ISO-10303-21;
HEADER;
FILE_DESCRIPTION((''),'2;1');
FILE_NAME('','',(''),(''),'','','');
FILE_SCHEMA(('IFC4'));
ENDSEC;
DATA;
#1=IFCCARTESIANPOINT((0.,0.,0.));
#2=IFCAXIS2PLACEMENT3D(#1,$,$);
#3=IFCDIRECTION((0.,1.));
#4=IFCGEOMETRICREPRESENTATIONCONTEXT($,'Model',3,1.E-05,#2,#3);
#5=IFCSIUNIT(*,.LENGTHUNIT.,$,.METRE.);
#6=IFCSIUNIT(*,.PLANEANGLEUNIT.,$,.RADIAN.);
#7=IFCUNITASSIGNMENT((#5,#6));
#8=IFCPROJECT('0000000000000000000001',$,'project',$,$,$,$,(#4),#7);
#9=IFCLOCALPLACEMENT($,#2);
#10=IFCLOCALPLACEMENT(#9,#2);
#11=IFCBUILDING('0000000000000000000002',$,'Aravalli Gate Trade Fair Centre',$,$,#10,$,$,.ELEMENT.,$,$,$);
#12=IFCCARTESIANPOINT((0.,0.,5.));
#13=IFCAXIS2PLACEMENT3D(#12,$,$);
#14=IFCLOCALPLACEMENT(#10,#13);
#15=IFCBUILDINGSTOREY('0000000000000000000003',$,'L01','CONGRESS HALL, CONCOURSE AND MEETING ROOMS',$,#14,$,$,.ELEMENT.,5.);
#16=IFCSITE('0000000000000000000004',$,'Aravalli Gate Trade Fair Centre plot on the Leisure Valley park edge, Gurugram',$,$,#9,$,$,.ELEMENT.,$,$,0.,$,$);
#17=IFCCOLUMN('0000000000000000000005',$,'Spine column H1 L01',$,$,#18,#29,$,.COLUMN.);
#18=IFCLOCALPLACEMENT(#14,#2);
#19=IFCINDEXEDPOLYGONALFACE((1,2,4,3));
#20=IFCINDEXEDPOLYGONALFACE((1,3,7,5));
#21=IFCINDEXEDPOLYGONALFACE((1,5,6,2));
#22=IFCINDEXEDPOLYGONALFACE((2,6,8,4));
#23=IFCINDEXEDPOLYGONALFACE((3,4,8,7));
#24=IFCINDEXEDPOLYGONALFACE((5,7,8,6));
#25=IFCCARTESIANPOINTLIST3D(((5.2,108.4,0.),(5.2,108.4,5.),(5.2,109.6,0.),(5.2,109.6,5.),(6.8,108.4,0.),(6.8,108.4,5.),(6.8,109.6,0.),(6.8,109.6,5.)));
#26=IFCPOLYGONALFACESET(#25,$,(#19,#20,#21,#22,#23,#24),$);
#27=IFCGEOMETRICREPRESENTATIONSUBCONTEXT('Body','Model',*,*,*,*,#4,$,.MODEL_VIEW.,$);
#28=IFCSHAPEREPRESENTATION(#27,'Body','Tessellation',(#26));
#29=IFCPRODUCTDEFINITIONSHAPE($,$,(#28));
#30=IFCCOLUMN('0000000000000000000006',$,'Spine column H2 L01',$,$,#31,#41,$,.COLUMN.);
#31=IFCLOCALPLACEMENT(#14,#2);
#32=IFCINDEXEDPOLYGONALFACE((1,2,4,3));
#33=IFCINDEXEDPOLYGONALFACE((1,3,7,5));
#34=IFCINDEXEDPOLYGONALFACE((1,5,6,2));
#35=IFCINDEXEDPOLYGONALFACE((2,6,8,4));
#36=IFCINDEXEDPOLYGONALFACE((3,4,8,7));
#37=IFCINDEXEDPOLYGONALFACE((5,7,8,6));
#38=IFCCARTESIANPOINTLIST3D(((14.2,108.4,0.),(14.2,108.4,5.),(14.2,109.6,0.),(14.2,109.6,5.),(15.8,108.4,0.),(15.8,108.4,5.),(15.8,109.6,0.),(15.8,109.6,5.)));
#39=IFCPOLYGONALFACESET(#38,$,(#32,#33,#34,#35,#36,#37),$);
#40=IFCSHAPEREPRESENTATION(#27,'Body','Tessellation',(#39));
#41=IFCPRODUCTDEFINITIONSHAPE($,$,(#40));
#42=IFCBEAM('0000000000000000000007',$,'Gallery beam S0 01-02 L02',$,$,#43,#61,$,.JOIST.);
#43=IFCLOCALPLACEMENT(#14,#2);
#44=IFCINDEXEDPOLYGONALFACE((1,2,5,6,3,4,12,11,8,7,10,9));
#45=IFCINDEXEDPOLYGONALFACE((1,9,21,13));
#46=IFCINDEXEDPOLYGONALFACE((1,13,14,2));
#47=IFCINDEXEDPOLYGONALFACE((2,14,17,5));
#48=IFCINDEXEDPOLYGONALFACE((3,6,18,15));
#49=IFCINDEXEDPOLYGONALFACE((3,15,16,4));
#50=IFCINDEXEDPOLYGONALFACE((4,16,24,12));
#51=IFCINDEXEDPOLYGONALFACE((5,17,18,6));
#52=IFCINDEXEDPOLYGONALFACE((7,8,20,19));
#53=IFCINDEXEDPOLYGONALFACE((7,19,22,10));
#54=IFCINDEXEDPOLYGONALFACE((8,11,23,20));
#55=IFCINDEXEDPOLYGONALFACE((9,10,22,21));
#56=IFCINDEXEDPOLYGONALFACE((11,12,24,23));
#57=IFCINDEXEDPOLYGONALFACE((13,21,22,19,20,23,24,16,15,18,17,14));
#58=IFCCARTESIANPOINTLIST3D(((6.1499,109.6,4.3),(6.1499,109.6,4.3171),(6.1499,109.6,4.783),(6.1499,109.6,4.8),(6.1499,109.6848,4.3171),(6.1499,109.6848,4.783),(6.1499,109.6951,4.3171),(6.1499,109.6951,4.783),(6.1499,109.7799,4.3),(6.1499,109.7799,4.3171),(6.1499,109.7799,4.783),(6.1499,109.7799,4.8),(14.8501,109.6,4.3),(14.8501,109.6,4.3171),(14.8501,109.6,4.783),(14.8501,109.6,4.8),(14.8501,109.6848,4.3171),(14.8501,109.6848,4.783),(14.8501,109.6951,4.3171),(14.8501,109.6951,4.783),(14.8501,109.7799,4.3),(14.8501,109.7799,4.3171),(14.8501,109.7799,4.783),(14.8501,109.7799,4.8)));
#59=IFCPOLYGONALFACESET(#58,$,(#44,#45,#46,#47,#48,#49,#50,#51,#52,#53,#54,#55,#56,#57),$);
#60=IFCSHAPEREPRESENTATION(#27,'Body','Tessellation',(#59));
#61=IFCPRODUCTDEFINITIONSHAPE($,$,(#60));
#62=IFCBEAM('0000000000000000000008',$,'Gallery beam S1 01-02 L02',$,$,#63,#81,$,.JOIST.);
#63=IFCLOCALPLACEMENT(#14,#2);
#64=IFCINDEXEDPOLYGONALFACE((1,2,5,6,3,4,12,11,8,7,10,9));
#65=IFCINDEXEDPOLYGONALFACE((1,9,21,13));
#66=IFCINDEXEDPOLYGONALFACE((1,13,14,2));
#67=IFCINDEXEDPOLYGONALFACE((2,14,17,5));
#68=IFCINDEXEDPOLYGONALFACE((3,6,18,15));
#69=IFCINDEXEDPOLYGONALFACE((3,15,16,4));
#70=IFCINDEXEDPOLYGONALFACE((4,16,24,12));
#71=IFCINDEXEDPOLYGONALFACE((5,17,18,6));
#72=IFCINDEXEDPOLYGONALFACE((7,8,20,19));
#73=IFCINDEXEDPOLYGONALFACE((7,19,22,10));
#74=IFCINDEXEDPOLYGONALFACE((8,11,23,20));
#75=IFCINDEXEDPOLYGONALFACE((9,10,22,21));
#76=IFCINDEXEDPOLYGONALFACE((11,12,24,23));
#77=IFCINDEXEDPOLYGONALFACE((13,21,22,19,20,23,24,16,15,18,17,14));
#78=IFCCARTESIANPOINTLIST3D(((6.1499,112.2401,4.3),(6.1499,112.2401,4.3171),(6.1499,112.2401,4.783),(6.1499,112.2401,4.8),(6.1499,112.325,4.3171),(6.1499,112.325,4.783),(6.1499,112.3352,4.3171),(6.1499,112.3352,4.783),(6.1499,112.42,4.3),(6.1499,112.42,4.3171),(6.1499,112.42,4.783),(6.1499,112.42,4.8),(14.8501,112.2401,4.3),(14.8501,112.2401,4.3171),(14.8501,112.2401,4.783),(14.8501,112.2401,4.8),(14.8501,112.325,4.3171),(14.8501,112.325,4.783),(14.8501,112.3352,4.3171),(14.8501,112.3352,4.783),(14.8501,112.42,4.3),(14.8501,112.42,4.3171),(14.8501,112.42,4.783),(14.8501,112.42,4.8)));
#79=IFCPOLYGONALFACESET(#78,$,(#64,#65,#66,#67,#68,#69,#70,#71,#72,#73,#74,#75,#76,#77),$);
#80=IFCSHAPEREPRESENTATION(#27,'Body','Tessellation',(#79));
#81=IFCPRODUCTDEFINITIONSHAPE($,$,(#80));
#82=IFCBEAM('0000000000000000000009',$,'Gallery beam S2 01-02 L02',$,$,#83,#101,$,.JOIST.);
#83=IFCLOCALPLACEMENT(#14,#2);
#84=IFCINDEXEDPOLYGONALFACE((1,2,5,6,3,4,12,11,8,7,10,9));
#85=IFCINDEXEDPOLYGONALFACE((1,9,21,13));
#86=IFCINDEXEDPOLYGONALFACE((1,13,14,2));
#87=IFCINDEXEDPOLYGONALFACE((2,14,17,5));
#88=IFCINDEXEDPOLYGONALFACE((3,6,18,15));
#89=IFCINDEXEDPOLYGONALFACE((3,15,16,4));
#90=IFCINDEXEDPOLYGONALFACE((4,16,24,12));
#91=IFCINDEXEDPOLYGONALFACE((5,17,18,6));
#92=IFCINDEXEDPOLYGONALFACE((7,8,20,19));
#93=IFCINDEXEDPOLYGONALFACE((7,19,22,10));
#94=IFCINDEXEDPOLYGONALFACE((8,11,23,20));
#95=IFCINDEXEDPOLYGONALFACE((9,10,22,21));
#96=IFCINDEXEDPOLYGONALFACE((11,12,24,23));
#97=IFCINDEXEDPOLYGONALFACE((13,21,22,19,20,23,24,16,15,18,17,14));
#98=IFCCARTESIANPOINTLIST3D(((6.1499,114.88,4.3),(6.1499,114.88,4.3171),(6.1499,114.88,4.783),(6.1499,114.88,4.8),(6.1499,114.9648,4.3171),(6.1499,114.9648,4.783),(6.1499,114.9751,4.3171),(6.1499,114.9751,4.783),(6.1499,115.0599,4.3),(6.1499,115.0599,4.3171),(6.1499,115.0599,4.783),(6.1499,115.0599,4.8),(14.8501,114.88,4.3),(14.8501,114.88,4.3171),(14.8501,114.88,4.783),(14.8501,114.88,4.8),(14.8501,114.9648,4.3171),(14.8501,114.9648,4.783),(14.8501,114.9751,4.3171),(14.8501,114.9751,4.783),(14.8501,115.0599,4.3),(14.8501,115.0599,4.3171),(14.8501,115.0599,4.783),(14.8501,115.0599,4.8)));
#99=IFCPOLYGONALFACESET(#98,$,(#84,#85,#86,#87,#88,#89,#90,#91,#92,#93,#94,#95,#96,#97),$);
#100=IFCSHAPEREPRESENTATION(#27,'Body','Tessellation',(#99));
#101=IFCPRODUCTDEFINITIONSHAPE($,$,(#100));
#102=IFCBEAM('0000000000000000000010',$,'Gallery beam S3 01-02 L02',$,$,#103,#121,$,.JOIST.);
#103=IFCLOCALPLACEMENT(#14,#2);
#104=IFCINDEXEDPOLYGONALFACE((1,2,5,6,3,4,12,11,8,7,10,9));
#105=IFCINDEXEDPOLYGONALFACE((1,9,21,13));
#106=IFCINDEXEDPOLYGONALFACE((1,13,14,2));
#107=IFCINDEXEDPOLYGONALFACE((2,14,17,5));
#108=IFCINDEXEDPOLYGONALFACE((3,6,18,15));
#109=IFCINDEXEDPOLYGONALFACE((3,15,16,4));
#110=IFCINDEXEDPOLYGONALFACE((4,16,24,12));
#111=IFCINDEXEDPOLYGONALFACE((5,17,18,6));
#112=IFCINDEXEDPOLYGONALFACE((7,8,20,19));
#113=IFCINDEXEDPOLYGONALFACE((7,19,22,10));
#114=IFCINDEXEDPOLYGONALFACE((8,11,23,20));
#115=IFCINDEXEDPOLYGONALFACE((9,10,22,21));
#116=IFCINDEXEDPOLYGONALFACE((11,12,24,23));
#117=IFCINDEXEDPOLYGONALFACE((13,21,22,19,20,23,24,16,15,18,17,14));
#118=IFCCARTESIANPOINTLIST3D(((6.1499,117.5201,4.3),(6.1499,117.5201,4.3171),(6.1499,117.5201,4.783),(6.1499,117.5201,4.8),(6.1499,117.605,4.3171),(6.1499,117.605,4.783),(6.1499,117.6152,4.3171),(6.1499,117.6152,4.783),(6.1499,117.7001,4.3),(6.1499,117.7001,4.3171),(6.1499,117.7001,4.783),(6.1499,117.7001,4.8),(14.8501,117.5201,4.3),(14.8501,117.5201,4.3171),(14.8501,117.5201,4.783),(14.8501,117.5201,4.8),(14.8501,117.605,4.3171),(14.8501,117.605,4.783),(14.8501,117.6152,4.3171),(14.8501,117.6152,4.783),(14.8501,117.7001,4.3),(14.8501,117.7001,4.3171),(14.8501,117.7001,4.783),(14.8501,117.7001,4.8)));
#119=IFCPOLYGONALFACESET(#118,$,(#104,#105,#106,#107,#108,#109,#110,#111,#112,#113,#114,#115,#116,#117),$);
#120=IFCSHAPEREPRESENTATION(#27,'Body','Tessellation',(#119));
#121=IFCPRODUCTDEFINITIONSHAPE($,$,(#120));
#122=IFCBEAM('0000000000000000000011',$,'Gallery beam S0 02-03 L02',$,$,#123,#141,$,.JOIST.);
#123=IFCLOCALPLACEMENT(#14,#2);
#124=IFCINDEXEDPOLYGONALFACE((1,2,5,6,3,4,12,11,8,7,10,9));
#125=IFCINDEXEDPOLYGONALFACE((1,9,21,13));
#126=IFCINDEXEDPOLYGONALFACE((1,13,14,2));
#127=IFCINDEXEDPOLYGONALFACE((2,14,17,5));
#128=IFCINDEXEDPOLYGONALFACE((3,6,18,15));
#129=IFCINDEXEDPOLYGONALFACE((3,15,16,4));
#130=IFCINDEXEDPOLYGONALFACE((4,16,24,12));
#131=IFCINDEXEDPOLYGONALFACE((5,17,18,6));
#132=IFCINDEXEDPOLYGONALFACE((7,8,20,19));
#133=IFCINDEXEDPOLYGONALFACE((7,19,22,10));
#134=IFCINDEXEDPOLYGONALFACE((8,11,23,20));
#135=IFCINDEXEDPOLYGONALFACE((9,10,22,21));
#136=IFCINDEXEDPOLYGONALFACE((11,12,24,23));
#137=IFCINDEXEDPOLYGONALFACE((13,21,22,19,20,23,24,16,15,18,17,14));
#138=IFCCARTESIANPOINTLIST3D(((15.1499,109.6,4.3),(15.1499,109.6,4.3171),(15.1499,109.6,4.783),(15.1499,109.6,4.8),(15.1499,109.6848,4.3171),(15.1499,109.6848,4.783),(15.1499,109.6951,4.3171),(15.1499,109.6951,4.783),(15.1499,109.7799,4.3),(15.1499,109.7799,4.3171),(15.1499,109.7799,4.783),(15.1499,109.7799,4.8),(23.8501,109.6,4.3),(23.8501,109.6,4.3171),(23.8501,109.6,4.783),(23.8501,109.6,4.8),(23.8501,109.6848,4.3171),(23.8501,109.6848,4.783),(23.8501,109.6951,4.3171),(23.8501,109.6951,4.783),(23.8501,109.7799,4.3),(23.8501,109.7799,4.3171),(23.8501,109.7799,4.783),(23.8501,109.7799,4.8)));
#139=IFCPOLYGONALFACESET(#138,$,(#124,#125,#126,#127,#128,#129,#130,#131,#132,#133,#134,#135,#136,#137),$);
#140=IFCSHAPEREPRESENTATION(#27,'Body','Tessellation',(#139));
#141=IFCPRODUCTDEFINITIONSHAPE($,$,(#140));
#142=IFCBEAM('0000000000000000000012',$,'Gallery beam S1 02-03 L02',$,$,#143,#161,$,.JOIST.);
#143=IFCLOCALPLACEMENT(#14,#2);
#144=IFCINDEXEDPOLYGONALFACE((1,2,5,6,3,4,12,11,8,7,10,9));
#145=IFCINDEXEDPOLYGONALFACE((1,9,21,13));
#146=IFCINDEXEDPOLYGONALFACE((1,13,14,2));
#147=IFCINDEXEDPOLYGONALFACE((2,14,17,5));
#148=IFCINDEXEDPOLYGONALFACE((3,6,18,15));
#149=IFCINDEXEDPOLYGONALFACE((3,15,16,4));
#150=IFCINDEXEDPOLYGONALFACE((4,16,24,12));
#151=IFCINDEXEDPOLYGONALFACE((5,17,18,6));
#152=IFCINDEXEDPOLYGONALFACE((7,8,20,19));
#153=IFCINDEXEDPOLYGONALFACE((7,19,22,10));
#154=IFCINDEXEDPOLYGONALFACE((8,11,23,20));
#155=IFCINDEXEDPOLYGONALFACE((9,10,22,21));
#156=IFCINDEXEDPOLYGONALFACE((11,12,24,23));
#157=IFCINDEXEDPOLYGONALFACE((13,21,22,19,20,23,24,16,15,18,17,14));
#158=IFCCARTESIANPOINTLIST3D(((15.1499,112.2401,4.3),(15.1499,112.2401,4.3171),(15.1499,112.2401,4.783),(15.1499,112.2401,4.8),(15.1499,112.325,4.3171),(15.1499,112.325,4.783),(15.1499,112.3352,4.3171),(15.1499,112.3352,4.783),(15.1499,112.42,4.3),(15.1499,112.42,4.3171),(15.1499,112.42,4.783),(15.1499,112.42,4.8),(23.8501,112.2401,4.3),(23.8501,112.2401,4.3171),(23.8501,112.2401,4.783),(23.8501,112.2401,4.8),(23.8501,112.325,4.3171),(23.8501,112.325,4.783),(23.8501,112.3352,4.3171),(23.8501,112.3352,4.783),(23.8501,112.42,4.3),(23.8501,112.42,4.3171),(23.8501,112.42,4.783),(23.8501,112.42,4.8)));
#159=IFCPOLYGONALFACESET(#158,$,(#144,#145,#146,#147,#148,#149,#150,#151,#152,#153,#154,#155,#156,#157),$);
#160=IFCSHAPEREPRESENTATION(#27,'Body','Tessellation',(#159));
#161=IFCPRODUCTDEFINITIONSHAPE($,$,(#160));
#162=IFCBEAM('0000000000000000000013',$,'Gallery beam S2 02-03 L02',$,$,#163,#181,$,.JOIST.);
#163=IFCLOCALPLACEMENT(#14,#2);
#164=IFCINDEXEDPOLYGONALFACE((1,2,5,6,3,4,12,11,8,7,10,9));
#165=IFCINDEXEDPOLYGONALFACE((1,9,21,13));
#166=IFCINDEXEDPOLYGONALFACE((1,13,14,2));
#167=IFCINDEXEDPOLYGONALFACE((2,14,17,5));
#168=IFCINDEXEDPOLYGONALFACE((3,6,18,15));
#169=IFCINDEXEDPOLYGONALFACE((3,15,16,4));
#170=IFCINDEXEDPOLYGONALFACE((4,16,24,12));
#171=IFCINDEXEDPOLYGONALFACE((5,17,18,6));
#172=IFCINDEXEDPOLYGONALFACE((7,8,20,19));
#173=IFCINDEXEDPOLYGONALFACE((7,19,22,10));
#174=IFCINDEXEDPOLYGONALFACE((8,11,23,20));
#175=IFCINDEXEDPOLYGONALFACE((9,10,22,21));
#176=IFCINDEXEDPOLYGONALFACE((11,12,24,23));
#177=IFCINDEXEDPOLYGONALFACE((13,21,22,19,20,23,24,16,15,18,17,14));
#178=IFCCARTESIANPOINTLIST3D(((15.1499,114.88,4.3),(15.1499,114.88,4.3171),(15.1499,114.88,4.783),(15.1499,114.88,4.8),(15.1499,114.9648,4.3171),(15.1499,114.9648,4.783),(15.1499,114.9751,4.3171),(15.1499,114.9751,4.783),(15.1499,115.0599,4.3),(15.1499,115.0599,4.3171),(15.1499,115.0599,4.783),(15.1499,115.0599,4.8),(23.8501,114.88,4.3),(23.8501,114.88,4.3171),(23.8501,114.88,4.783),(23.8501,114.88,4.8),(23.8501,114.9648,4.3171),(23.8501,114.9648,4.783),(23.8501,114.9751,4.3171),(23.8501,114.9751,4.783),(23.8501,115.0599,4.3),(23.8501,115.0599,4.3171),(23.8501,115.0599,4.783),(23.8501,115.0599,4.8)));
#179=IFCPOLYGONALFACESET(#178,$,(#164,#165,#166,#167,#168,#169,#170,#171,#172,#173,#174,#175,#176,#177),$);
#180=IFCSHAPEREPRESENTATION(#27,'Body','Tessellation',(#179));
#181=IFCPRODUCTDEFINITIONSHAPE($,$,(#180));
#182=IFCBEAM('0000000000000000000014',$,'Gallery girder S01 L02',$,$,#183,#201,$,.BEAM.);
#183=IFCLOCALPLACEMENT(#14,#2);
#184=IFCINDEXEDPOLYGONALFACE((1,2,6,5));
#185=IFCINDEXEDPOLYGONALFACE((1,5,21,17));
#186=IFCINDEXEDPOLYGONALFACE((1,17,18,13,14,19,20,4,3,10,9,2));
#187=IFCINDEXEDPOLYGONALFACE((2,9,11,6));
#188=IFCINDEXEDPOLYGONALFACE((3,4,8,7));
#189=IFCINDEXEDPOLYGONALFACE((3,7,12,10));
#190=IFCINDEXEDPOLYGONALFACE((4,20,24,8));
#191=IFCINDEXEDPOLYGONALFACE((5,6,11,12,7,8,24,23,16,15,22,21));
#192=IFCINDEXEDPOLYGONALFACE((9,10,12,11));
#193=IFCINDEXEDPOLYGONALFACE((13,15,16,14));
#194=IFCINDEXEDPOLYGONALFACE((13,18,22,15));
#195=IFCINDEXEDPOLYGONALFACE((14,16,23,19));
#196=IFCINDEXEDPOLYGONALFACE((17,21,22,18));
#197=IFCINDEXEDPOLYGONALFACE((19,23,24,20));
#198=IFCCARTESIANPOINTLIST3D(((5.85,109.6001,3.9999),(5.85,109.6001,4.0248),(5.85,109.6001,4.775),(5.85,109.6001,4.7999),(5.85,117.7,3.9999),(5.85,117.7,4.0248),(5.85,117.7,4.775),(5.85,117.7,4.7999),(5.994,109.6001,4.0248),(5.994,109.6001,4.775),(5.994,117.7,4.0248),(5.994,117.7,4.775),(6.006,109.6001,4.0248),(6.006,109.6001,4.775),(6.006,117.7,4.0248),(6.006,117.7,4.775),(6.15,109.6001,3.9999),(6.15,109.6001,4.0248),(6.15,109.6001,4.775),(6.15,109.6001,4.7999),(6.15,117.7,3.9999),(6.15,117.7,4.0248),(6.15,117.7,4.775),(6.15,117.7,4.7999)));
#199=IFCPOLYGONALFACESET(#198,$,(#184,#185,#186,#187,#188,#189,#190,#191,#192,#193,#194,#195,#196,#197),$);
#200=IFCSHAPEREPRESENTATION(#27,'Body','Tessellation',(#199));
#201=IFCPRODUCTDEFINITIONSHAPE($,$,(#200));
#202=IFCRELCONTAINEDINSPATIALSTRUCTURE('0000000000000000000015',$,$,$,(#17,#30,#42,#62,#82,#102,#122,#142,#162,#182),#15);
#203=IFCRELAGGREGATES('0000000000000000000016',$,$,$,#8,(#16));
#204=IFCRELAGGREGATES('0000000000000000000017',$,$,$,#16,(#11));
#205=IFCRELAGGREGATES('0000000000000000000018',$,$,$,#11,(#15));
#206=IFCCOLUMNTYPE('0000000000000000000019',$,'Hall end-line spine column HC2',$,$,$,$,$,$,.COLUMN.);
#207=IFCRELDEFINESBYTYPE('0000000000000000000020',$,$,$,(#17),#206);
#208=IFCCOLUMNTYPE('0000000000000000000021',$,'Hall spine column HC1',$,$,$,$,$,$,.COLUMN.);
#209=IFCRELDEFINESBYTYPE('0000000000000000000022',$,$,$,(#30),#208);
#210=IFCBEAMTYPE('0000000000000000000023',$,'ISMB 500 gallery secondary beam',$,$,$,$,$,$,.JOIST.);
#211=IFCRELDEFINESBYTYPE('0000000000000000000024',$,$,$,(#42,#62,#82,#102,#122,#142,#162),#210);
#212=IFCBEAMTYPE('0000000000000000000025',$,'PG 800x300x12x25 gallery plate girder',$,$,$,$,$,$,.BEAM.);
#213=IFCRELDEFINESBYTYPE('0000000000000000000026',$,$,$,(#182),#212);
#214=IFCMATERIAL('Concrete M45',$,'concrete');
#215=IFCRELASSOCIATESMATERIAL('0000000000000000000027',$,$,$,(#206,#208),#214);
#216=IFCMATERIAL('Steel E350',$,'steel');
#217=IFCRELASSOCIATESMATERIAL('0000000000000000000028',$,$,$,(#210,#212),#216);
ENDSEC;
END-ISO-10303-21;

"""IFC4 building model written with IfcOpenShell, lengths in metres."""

from ifc_helpers import new_model, si_unit, direction, frame, origin, origin_2d, place, context, subcontext, project, spatial, rectangle, i_section, extrude, material, material_profile, profile_set, type_object, element, save


model = new_model("IFC4")

# Units and contexts
model_context = context("Model", 3, precision=1e-05, world=origin(), true_north=direction((0.0, 1.0)))
body_context = subcontext(model_context, "Body", "Model", "MODEL_VIEW")
ifc_project = project(units=[si_unit("LENGTHUNIT", "METRE"), si_unit("PLANEANGLEUNIT", "RADIAN")], contexts=[model_context])

# Site, building, storey
site_placement = place(None, origin())
site = spatial("IfcSite", under=ifc_project, at=site_placement, Name="Aravalli Gate Trade Fair Centre plot on the Leisure Valley park edge, Gurugram", CompositionType="ELEMENT", RefElevation=0.0)
building_placement = place(site_placement, origin())
building = spatial("IfcBuilding", under=site, at=building_placement, Name="Aravalli Gate Trade Fair Centre", CompositionType="ELEMENT")
storey_placement = place(building_placement, frame((0.0, 0.0, 5.0)))
storey = spatial("IfcBuildingStorey", under=building, at=storey_placement, Name="L01", Description="CONGRESS HALL, CONCOURSE AND MEETING ROOMS", CompositionType="ELEMENT", Elevation=5.0)

# Columns
ifc_material_1 = material(Name="Concrete M45", Category="concrete")
ifc_material_profile_1 = material_profile(ifc_material_1, rectangle(XDim=1.6001, YDim=1.2, at=origin_2d()), Name="RC 1600x1200")
ifc_profile_set_1 = profile_set([ifc_material_profile_1], Name="Concrete M45")
column_type_1 = type_object("IfcColumnType", Name="Hall end-line spine column HC2", PredefinedType="COLUMN", material=ifc_profile_set_1)
column_1_placement = place(storey_placement, frame((6.0, 109.0, 0.0), z_axis=(0.0, 0.0, 1.0), x_axis=(1.0, 0.0, 0.0)))
element("IfcColumn", 1, at=column_1_placement, inside=storey, type_object=column_type_1, Name="Spine column H1 L01", PredefinedType="COLUMN", context=body_context, shape_type="SweptSolid", body=[
    extrude(rectangle(XDim=1.6001, YDim=1.2, at=origin_2d()), origin(), (0.0, 0.0, 1.0), 5.0),
])
ifc_material_profile_2 = material_profile(ifc_material_1, rectangle(XDim=1.6001, YDim=1.2, at=origin_2d()), Name="RC 1600x1200")
ifc_profile_set_2 = profile_set([ifc_material_profile_2], Name="Concrete M45")
column_type_2 = type_object("IfcColumnType", Name="Hall spine column HC1", PredefinedType="COLUMN", material=ifc_profile_set_2)
column_2_placement = place(storey_placement, frame((15.0, 109.0, 0.0), z_axis=(0.0, 0.0, 1.0), x_axis=(1.0, 0.0, 0.0)))
element("IfcColumn", 2, at=column_2_placement, inside=storey, type_object=column_type_2, Name="Spine column H2 L01", PredefinedType="COLUMN", context=body_context, shape_type="SweptSolid", body=[
    extrude(rectangle(XDim=1.6001, YDim=1.2, at=origin_2d()), origin(), (0.0, 0.0, 1.0), 5.0),
])

# Beams
ifc_material_2 = material(Name="Steel E350", Category="steel")
ifc_material_profile_3 = material_profile(ifc_material_2, i_section(OverallWidth=0.1799, OverallDepth=0.5, WebThickness=0.0103, FlangeThickness=0.0171, at=origin_2d()), Name="ISMB 500")
ifc_profile_set_3 = profile_set([ifc_material_profile_3], Name="Steel E350")
beam_type_1 = type_object("IfcBeamType", Name="ISMB 500 gallery secondary beam", PredefinedType="JOIST", material=ifc_profile_set_3)
for number, where, z_axis, x_axis, name in (
    (3, (6.1499, 109.6899, 4.55), (1.0, 0.0, 0.0), (0.0, 1.0, 0.0), "Gallery beam S0 01-02 L02"),
    (4, (6.1499, 112.3301, 4.55), (1.0, 0.0, 0.0), (0.0, 1.0, 0.0), "Gallery beam S1 01-02 L02"),
    (5, (6.1499, 114.97, 4.55), (1.0, 0.0, 0.0), (0.0, 1.0, 0.0), "Gallery beam S2 01-02 L02"),
    (6, (6.1499, 117.6101, 4.55), (1.0, 0.0, 0.0), (0.0, 1.0, 0.0), "Gallery beam S3 01-02 L02"),
    (7, (15.1499, 109.6899, 4.55), (1.0, 0.0, 0.0), (0.0, 1.0, 0.0), "Gallery beam S0 02-03 L02"),
    (8, (15.1499, 112.3301, 4.55), (1.0, 0.0, 0.0), (0.0, 1.0, 0.0), "Gallery beam S1 02-03 L02"),
    (9, (15.1499, 114.97, 4.55), (1.0, 0.0, 0.0), (0.0, 1.0, 0.0), "Gallery beam S2 02-03 L02"),
):
    element("IfcBeam", number, at=place(storey_placement, frame(where, z_axis=z_axis, x_axis=x_axis)), inside=storey, type_object=beam_type_1, Name=name, PredefinedType="JOIST", context=body_context, shape_type="SweptSolid", body=[
        extrude(i_section(OverallWidth=0.1799, OverallDepth=0.5, WebThickness=0.0103, FlangeThickness=0.0171, at=origin_2d()), origin(), (0.0, 0.0, 1.0), 8.7002),
    ])
ifc_material_profile_4 = material_profile(ifc_material_2, i_section(OverallWidth=0.3, OverallDepth=0.8, WebThickness=0.012, FlangeThickness=0.0249, at=origin_2d()), Name="PG 800x300x12x25")
ifc_profile_set_4 = profile_set([ifc_material_profile_4], Name="Steel E350")
beam_type_2 = type_object("IfcBeamType", Name="PG 800x300x12x25 gallery plate girder", PredefinedType="BEAM", material=ifc_profile_set_4)
for number, where, z_axis, x_axis, name in (
    (10, (6.0, 109.6001, 4.3999), (0.0, 1.0, 0.0), (-1.0, 0.0, 0.0), "Gallery girder S01 L02"),
):
    element("IfcBeam", number, at=place(storey_placement, frame(where, z_axis=z_axis, x_axis=x_axis)), inside=storey, type_object=beam_type_2, Name=name, PredefinedType="BEAM", context=body_context, shape_type="SweptSolid", body=[
        extrude(i_section(OverallWidth=0.3, OverallDepth=0.8, WebThickness=0.012, FlangeThickness=0.0249, at=origin_2d()), origin(), (0.0, 0.0, 1.0), 8.0999),
    ])

save(model, "model.ifc")
